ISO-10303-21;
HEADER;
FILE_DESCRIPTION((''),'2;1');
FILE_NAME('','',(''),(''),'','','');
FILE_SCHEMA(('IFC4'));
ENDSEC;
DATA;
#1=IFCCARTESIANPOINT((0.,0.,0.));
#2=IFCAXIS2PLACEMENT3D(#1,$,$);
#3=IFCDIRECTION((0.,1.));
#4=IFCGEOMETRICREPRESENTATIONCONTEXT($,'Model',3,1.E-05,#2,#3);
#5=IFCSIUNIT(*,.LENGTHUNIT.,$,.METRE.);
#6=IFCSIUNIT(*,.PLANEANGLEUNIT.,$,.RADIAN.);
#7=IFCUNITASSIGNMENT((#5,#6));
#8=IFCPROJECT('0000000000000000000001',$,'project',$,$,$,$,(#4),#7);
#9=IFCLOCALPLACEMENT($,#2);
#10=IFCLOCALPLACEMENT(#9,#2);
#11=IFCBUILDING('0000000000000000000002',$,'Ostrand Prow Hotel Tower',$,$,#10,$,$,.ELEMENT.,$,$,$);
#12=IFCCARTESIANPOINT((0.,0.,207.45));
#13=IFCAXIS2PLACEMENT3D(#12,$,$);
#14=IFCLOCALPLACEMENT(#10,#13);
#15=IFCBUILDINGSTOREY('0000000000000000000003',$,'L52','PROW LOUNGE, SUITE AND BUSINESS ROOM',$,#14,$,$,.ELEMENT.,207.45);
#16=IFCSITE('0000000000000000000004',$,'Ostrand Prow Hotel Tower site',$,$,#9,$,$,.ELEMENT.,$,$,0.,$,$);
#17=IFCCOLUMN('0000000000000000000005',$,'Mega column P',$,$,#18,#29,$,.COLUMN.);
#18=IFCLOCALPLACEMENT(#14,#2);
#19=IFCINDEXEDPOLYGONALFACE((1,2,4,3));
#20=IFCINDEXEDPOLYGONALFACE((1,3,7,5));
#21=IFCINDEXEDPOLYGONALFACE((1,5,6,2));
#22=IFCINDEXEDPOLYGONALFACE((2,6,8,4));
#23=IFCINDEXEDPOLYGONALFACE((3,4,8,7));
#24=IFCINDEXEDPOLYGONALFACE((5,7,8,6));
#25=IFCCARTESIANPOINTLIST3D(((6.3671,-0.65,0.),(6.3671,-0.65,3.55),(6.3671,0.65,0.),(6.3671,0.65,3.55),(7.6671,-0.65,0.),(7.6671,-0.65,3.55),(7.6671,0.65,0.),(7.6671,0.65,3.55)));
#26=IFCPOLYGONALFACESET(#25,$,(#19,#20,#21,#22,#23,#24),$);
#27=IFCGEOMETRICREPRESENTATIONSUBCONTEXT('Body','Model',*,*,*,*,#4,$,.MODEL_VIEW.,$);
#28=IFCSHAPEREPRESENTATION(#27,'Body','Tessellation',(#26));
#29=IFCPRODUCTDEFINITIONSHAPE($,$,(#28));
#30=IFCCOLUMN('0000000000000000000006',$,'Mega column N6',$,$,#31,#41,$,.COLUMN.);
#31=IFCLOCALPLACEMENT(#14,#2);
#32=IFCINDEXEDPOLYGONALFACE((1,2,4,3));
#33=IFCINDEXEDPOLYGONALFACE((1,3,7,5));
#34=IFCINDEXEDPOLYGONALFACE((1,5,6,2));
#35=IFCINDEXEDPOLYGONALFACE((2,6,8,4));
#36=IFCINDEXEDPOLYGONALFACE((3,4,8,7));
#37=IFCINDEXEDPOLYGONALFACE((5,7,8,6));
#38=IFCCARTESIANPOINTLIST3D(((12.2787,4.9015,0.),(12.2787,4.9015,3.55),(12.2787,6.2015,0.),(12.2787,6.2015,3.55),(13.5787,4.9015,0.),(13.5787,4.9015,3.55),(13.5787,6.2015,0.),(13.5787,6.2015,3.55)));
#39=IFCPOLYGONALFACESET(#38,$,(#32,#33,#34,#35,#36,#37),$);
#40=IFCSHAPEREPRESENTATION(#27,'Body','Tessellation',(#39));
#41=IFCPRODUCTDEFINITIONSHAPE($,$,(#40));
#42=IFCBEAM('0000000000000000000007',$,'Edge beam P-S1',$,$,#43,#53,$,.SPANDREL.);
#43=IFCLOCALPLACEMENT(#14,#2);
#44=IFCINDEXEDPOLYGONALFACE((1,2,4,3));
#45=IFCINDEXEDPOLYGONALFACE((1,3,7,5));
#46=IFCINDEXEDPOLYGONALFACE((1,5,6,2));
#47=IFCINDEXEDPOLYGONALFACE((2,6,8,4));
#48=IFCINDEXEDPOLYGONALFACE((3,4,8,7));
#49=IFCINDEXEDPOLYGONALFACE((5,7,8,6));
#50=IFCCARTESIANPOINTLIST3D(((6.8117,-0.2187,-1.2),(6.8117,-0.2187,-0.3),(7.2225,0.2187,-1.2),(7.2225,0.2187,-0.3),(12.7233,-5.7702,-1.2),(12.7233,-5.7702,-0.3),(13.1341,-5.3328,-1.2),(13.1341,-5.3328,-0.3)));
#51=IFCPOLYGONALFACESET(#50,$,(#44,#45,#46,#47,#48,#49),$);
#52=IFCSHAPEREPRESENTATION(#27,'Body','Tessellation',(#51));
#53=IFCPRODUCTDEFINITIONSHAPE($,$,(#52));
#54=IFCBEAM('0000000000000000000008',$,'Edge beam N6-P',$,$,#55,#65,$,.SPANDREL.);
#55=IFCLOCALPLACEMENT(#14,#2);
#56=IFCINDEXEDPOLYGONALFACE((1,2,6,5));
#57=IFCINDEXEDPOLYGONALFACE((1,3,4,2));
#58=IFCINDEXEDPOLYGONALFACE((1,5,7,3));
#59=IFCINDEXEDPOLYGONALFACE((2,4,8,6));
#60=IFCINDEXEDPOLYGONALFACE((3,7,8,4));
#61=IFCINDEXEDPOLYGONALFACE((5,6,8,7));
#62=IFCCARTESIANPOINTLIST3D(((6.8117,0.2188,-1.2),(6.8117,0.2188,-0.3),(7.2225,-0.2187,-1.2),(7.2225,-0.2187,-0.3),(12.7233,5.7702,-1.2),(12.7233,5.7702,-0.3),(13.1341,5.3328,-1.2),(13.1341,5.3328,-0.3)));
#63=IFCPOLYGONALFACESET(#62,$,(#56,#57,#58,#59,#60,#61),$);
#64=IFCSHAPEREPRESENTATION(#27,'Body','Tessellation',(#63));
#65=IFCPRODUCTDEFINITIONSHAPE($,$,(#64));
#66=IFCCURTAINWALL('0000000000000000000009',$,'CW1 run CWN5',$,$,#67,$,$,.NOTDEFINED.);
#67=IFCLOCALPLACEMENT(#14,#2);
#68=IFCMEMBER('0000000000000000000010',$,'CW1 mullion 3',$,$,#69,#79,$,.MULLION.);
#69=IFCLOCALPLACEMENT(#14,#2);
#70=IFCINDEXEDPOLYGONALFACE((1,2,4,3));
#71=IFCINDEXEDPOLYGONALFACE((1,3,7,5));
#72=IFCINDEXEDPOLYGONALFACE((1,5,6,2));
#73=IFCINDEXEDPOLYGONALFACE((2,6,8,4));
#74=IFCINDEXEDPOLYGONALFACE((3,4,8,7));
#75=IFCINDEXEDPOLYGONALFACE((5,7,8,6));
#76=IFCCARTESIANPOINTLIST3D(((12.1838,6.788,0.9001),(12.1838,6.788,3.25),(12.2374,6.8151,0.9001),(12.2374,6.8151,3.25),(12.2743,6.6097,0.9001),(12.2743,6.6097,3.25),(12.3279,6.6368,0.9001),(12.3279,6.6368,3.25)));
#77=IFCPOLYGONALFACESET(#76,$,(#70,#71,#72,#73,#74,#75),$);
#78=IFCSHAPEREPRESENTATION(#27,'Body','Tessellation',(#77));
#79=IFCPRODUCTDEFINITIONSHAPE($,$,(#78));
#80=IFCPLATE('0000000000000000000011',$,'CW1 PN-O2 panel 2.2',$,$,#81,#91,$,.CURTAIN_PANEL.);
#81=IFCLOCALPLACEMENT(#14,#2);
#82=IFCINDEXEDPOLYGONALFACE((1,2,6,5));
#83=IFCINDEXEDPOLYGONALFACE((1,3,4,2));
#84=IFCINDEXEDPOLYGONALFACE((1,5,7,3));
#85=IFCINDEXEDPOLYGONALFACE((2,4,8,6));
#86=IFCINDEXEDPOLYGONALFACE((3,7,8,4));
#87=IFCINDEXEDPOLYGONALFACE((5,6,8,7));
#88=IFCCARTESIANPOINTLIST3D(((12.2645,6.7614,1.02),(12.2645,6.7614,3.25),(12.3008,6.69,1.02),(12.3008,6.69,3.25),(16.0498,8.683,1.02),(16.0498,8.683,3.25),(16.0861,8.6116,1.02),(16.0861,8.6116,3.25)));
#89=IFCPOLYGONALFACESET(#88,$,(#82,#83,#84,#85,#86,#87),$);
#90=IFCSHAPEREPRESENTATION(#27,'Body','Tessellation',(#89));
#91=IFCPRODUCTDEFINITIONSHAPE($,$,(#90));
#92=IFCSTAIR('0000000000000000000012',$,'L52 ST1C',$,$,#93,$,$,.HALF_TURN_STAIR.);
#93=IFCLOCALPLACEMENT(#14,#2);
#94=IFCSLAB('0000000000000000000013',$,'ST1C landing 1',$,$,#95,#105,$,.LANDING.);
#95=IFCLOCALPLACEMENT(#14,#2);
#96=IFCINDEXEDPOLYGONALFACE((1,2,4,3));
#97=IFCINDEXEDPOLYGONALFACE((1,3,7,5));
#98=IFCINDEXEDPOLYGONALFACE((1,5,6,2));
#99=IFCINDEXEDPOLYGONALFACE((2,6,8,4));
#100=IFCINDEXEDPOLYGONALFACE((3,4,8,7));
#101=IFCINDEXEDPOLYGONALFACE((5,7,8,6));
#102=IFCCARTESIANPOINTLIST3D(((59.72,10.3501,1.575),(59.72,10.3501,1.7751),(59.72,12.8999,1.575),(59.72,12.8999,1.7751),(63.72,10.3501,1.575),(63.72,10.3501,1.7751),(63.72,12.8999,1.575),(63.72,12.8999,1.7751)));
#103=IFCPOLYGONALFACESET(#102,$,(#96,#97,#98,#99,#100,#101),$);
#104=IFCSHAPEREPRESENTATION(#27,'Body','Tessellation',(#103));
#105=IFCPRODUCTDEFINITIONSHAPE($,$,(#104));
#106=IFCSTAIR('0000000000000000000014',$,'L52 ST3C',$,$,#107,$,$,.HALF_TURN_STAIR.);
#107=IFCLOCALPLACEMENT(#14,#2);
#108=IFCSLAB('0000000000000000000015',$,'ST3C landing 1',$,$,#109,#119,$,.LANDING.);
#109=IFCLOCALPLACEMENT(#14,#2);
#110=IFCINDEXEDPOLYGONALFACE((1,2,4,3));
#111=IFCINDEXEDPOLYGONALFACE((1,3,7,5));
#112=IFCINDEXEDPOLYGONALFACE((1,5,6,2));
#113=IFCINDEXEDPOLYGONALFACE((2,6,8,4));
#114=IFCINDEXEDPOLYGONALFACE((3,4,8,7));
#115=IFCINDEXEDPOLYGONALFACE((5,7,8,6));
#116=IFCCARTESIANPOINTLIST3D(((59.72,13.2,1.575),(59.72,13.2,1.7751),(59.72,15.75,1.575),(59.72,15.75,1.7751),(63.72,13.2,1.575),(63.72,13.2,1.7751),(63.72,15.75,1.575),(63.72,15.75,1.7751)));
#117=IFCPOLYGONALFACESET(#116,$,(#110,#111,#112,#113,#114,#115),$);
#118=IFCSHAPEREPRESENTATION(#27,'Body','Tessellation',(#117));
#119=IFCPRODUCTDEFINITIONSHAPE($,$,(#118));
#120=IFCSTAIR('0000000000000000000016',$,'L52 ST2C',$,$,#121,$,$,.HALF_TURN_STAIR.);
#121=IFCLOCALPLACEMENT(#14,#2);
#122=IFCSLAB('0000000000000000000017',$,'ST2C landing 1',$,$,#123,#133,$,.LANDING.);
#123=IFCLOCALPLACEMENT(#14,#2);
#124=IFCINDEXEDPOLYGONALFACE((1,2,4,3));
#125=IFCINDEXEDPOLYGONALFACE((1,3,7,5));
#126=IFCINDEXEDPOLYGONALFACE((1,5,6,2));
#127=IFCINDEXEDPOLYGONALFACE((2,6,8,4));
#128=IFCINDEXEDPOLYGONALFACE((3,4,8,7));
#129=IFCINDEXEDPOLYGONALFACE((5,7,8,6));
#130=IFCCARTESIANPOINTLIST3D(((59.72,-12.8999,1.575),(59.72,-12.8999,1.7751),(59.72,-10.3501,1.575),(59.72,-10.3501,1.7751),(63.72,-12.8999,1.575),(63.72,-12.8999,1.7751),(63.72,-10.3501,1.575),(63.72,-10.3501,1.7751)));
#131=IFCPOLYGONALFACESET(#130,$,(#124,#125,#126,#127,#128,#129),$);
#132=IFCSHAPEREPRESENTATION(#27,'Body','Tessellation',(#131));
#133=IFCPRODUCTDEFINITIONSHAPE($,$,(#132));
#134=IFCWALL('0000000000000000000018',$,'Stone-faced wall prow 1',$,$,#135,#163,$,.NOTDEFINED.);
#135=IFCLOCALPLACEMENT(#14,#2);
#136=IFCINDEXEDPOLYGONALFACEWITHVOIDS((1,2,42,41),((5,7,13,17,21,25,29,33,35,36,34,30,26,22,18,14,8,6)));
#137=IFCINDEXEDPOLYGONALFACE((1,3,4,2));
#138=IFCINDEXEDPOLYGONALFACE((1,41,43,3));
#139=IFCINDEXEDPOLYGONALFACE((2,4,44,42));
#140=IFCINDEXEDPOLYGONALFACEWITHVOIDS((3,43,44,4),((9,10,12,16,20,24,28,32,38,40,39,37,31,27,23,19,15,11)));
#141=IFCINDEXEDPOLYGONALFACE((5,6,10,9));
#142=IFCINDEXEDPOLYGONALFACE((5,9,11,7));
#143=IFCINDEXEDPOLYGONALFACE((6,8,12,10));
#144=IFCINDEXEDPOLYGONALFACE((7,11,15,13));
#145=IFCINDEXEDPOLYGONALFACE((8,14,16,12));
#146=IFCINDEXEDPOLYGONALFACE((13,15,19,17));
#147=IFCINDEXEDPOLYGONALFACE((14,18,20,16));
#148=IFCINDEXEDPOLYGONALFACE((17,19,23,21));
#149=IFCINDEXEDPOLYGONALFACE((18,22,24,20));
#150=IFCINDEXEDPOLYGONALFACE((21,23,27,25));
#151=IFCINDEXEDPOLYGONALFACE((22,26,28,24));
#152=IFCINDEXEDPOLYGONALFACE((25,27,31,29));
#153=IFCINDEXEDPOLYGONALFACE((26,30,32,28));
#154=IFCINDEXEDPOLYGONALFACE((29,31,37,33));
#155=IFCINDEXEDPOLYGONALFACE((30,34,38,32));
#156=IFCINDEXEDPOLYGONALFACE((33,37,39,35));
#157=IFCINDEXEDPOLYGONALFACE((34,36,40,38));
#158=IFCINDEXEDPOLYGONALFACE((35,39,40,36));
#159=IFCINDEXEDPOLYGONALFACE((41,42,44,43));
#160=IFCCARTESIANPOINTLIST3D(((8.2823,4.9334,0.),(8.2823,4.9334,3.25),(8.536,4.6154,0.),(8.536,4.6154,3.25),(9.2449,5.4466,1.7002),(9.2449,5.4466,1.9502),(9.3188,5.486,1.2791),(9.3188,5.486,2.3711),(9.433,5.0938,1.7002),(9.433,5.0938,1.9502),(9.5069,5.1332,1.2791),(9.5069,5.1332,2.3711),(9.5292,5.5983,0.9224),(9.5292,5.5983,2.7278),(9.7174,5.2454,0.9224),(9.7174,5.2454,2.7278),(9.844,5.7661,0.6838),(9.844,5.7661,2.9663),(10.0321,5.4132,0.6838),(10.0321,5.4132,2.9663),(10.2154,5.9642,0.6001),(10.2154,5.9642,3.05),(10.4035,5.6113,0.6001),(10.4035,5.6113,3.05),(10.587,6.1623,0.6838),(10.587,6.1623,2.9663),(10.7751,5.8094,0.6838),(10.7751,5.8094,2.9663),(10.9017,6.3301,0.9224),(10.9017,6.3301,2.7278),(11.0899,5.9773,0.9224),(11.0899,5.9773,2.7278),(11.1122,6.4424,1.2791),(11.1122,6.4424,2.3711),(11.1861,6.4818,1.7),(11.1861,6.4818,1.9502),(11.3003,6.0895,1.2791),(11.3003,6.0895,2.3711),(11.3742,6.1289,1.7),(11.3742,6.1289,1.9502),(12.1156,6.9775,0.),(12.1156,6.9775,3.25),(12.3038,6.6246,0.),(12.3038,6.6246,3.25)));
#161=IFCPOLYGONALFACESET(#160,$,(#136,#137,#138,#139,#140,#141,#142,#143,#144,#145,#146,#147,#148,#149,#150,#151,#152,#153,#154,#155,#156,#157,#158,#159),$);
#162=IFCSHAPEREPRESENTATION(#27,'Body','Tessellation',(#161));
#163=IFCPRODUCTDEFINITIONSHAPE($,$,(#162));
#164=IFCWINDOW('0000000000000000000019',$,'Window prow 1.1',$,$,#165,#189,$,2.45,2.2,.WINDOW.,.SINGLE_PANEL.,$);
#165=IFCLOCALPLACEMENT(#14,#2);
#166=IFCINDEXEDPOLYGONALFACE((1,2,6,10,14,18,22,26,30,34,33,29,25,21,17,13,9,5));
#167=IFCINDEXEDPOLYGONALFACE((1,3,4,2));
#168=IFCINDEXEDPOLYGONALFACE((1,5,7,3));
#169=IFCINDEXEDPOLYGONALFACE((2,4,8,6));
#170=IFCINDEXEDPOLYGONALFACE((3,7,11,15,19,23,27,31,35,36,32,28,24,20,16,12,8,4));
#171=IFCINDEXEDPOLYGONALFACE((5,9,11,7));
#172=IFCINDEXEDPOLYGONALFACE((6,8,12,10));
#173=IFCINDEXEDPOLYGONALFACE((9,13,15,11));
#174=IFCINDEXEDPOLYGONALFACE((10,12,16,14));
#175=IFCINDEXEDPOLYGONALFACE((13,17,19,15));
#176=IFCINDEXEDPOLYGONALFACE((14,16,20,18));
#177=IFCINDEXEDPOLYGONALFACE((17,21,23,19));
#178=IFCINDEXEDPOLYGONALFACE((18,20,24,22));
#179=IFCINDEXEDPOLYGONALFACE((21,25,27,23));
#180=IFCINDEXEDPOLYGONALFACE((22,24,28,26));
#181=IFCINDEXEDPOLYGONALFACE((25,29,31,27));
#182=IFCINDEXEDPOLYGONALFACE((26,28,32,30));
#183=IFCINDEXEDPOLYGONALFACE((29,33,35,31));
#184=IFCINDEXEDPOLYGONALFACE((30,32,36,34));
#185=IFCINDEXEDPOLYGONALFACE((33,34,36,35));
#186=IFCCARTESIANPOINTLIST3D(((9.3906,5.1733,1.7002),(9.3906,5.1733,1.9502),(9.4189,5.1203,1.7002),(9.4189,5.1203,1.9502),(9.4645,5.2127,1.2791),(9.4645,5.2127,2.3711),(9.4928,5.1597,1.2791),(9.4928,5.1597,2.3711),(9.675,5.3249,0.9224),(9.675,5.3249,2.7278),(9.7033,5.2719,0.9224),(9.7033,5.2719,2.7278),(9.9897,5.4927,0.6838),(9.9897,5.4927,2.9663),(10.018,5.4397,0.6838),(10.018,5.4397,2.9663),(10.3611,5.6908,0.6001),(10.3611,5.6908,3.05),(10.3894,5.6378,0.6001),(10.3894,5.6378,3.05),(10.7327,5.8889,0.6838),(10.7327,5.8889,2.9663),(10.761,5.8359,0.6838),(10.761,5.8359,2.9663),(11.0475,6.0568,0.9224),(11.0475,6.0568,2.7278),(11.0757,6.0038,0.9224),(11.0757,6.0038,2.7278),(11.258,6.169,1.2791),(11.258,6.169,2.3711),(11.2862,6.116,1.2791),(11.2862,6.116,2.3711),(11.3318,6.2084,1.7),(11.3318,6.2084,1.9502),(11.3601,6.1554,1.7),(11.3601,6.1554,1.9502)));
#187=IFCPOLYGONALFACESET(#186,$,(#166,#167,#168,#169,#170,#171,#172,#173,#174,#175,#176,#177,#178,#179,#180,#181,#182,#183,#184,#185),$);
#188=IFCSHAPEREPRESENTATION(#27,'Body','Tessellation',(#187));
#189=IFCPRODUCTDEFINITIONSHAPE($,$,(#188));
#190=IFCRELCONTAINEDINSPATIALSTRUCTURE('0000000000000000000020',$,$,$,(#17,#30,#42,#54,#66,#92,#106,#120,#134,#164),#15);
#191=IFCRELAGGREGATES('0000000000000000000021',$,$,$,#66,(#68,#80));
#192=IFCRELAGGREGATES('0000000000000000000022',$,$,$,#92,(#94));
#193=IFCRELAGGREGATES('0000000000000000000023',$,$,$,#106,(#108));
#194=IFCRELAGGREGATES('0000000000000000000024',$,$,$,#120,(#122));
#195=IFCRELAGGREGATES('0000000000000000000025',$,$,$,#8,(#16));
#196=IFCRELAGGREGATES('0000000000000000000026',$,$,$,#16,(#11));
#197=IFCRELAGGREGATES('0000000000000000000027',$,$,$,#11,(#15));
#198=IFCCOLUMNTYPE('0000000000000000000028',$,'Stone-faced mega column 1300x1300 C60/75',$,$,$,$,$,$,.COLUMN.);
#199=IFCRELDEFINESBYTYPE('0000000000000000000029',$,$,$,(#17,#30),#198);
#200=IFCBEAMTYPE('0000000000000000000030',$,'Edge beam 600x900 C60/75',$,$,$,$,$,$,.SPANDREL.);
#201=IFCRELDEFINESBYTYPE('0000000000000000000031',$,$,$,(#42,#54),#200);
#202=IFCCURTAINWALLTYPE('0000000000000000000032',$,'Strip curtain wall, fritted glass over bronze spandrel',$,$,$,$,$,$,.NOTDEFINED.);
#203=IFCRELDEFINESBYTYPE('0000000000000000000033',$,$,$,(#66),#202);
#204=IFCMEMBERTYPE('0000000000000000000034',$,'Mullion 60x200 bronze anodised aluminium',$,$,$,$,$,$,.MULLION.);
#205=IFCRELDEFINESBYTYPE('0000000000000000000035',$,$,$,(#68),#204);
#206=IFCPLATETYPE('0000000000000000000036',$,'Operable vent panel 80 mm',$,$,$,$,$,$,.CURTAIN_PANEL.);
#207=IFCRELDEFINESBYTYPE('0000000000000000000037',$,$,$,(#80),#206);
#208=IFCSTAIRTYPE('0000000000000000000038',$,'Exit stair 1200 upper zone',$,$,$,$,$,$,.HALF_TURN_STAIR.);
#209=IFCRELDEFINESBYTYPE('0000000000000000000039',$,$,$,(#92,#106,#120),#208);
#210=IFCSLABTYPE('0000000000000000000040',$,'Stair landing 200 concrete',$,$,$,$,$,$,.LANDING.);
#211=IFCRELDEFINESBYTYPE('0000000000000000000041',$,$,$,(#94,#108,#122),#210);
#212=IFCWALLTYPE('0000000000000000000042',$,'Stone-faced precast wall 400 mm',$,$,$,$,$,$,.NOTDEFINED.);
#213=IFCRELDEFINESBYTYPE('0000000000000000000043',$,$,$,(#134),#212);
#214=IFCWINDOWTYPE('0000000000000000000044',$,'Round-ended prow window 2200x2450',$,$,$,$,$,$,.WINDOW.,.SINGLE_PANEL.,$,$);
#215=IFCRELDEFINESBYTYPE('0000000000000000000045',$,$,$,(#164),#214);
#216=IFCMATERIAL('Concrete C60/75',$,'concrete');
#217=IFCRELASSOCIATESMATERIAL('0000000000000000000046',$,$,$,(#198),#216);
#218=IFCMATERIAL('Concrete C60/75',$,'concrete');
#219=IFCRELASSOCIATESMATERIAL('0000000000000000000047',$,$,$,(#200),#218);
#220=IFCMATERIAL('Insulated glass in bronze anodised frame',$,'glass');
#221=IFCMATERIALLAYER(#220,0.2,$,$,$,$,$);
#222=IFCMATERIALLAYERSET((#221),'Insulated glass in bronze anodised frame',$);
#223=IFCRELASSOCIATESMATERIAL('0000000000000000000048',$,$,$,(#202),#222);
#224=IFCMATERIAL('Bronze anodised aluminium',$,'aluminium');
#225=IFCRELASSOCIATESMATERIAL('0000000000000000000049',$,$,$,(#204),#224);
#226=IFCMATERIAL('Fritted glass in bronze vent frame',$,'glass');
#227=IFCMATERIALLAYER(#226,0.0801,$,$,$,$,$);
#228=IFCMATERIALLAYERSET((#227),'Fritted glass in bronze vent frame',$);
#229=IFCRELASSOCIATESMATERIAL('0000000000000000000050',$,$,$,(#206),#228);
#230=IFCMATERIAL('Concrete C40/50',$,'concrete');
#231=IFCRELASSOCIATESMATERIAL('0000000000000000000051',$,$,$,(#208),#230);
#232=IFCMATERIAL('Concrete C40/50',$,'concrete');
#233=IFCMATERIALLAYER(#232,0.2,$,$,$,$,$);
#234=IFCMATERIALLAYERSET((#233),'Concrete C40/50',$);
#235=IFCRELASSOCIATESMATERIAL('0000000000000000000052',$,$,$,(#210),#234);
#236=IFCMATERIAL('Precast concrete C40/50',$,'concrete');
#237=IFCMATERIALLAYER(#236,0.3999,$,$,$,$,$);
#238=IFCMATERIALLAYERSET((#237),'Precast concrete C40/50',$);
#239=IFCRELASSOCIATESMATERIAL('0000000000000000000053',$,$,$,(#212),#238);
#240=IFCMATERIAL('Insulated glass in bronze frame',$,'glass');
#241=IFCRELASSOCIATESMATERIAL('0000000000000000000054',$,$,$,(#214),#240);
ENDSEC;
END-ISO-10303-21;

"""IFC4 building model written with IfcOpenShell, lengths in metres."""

from ifc_helpers import new_model, si_unit, direction, frame, origin, origin_2d, place, context, subcontext, project, spatial, polyline, rectangle, outline, extrude, material, layer, layer_set, material_profile, profile_set, type_object, element, fill, aggregate, save


model = new_model("IFC4")

# Units and contexts
model_context = context("Model", 3, precision=1e-05, world=origin(), true_north=direction((0.0, 1.0)))
body_context = subcontext(model_context, "Body", "Model", "MODEL_VIEW")
ifc_project = project(units=[si_unit("LENGTHUNIT", "METRE"), si_unit("PLANEANGLEUNIT", "RADIAN")], contexts=[model_context])

# Site, building, storey
site_placement = place(None, origin())
site = spatial("IfcSite", under=ifc_project, at=site_placement, Name="Ostrand Prow Hotel Tower site", CompositionType="ELEMENT", RefElevation=0.0)
building_placement = place(site_placement, origin())
building = spatial("IfcBuilding", under=site, at=building_placement, Name="Ostrand Prow Hotel Tower", CompositionType="ELEMENT")
storey_placement = place(building_placement, frame((0.0, 0.0, 207.45)))
storey = spatial("IfcBuildingStorey", under=building, at=storey_placement, Name="L52", Description="PROW LOUNGE, SUITE AND BUSINESS ROOM", CompositionType="ELEMENT", Elevation=207.45)

# Columns
ifc_material_1 = material(Name="Concrete C60/75", Category="concrete")
ifc_material_profile_1 = material_profile(ifc_material_1, rectangle(XDim=1.3, YDim=1.3, at=origin_2d()), Name="RC 1300x1300")
ifc_profile_set_1 = profile_set([ifc_material_profile_1], Name="Concrete C60/75")
column_type = type_object("IfcColumnType", Name="Stone-faced mega column 1300x1300 C60/75", PredefinedType="COLUMN", material=ifc_profile_set_1)
for number, where, z_axis, x_axis, name in (
    (1, (7.0171, 0.0, 0.0), (0.0, 0.0, 1.0), (1.0, 0.0, 0.0), "Mega column P"),
    (2, (12.9287, 5.5515, 0.0), (0.0, 0.0, 1.0), (1.0, 0.0, 0.0), "Mega column N6"),
):
    element("IfcColumn", number, at=place(storey_placement, frame(where, z_axis=z_axis, x_axis=x_axis)), inside=storey, type_object=column_type, Name=name, PredefinedType="COLUMN", context=body_context, shape_type="SweptSolid", body=[
        extrude(rectangle(XDim=1.3, YDim=1.3, at=origin_2d()), origin(), (0.0, 0.0, 1.0), 3.55),
    ])

# Beams
ifc_material_2 = material(Name="Concrete C60/75", Category="concrete")
ifc_material_profile_2 = material_profile(ifc_material_2, rectangle(XDim=0.6001, YDim=0.8999, at=origin_2d()), Name="RC 600x900")
ifc_profile_set_2 = profile_set([ifc_material_profile_2], Name="Concrete C60/75")
beam_type = type_object("IfcBeamType", Name="Edge beam 600x900 C60/75", PredefinedType="SPANDREL", material=ifc_profile_set_2)
for number, where, z_axis, x_axis, name in (
    (3, (7.0171, 0.0, -0.75), (0.728961, -0.684556, 0.0), (0.684556, 0.728961, 0.0), "Edge beam P-S1"),
    (4, (12.9287, 5.5515, -0.75), (-0.728961, -0.684556, 0.0), (0.684556, -0.728961, 0.0), "Edge beam N6-P"),
):
    element("IfcBeam", number, at=place(storey_placement, frame(where, z_axis=z_axis, x_axis=x_axis)), inside=storey, type_object=beam_type, Name=name, PredefinedType="SPANDREL", context=body_context, shape_type="SweptSolid", body=[
        extrude(rectangle(XDim=0.6001, YDim=0.8999, at=origin_2d()), origin(), (0.0, 0.0, 1.0), 8.1096),
    ])

# Curtain wall, member, plate
ifc_material_3 = material(Name="Insulated glass in bronze anodised frame", Category="glass")
ifc_layer_1 = layer(ifc_material_3, 0.2)
ifc_layer_set_1 = layer_set([ifc_layer_1], Name="Insulated glass in bronze anodised frame")
curtain_wall_type = type_object("IfcCurtainWallType", Name="Strip curtain wall, fritted glass over bronze spandrel", PredefinedType="NOTDEFINED", material=ifc_layer_set_1)
curtain_wall_placement = place(storey_placement, origin())
curtain_wall = element("IfcCurtainWall", 5, at=curtain_wall_placement, inside=storey, type_object=curtain_wall_type, Name="CW1 run CWN5", PredefinedType="NOTDEFINED")
ifc_material_4 = material(Name="Bronze anodised aluminium", Category="aluminium")
ifc_material_profile_3 = material_profile(ifc_material_4, rectangle(XDim=0.2, YDim=0.0601, at=origin_2d()), Name="Mullion 60x200 bronze anodised aluminium")
ifc_profile_set_3 = profile_set([ifc_material_profile_3], Name="Bronze anodised aluminium")
member_type = type_object("IfcMemberType", Name="Mullion 60x200 bronze anodised aluminium", PredefinedType="MULLION", material=ifc_profile_set_3)
member_placement = place(storey_placement, frame((12.2559, 6.7124, 0.9001), z_axis=(0.0, 0.0, 1.0), x_axis=(0.452659, -0.891684, 0.0)))
member = element("IfcMember", 6, at=member_placement, type_object=member_type, Name="CW1 mullion 3", PredefinedType="MULLION", context=body_context, shape_type="SweptSolid", body=[
    extrude(rectangle(XDim=0.2, YDim=0.0601, at=origin_2d()), origin(), (0.0, 0.0, 1.0), 2.3499),
])
ifc_material_5 = material(Name="Fritted glass in bronze vent frame", Category="glass")
ifc_layer_2 = layer(ifc_material_5, 0.0801)
ifc_layer_set_2 = layer_set([ifc_layer_2], Name="Fritted glass in bronze vent frame")
plate_type = type_object("IfcPlateType", Name="Operable vent panel 80 mm", PredefinedType="CURTAIN_PANEL", material=ifc_layer_set_2)
plate_placement = place(storey_placement, frame((14.1753, 7.6865, 1.02), z_axis=(0.0, 0.0, 1.0), x_axis=(-0.891684, -0.452659, 0.0)))
plate = element("IfcPlate", 7, at=plate_placement, type_object=plate_type, Name="CW1 PN-O2 panel 2.2", PredefinedType="CURTAIN_PANEL", context=body_context, shape_type="SweptSolid", body=[
    extrude(rectangle(XDim=4.2451, YDim=0.0801, at=origin_2d()), origin(), (0.0, 0.0, 1.0), 2.23),
])
aggregate(curtain_wall, [member, plate])

# Stairs, slabs
ifc_material_6 = material(Name="Concrete C40/50", Category="concrete")
stair_type = type_object("IfcStairType", Name="Exit stair 1200 upper zone", PredefinedType="HALF_TURN_STAIR", material=ifc_material_6)
stair_1_placement = place(storey_placement, origin())
stair_1 = element("IfcStair", 8, at=stair_1_placement, inside=storey, type_object=stair_type, Name="L52 ST1C", PredefinedType="HALF_TURN_STAIR")
ifc_material_7 = material(Name="Concrete C40/50", Category="concrete")
ifc_layer_3 = layer(ifc_material_7, 0.2)
ifc_layer_set_3 = layer_set([ifc_layer_3], Name="Concrete C40/50")
slab_type = type_object("IfcSlabType", Name="Stair landing 200 concrete", PredefinedType="LANDING", material=ifc_layer_set_3)
slab_1_placement = place(storey_placement, frame((0.0, 0.0, 1.575)))
slab_1 = element("IfcSlab", 9, at=slab_1_placement, type_object=slab_type, Name="ST1C landing 1", PredefinedType="LANDING", context=body_context, shape_type="SweptSolid", body=[
    extrude(outline(polyline([(59.72, 10.3501), (63.72, 10.3501), (63.72, 12.8999), (59.72, 12.8999), (59.72, 10.3501)])), origin(), (0.0, 0.0, 1.0), 0.2002),
])
aggregate(stair_1, [slab_1])
stair_2_placement = place(storey_placement, origin())
stair_2 = element("IfcStair", 10, at=stair_2_placement, inside=storey, type_object=stair_type, Name="L52 ST3C", PredefinedType="HALF_TURN_STAIR")
slab_2_placement = place(storey_placement, frame((0.0, 0.0, 1.575)))
slab_2 = element("IfcSlab", 11, at=slab_2_placement, type_object=slab_type, Name="ST3C landing 1", PredefinedType="LANDING", context=body_context, shape_type="SweptSolid", body=[
    extrude(outline(polyline([(59.72, 13.2), (63.72, 13.2), (63.72, 15.75), (59.72, 15.75), (59.72, 13.2)])), origin(), (0.0, 0.0, 1.0), 0.2002),
])
aggregate(stair_2, [slab_2])
stair_3_placement = place(storey_placement, origin())
stair_3 = element("IfcStair", 12, at=stair_3_placement, inside=storey, type_object=stair_type, Name="L52 ST2C", PredefinedType="HALF_TURN_STAIR")
slab_3_placement = place(storey_placement, frame((0.0, 0.0, 1.575)))
slab_3 = element("IfcSlab", 13, at=slab_3_placement, type_object=slab_type, Name="ST2C landing 1", PredefinedType="LANDING", context=body_context, shape_type="SweptSolid", body=[
    extrude(outline(polyline([(59.72, -12.8999), (63.72, -12.8999), (63.72, -10.3501), (59.72, -10.3501), (59.72, -12.8999)])), origin(), (0.0, 0.0, 1.0), 0.2002),
])
aggregate(stair_3, [slab_3])

# Wall, opening, window
ifc_material_8 = material(Name="Precast concrete C40/50", Category="concrete")
ifc_layer_4 = layer(ifc_material_8, 0.3999)
ifc_layer_set_4 = layer_set([ifc_layer_4], Name="Precast concrete C40/50")
wall_type = type_object("IfcWallType", Name="Stone-faced precast wall 400 mm", PredefinedType="NOTDEFINED", material=ifc_layer_set_4)
wall_1_placement = place(storey_placement, frame((12.2097, 6.801, 0.0), z_axis=(0.0, 0.0, 1.0), x_axis=(-0.882386, -0.470526, 0.0)))
wall_1 = element("IfcWall", 14, at=wall_1_placement, inside=storey, type_object=wall_type, Name="Stone-faced wall prow 1", PredefinedType="NOTDEFINED", context=body_context, shape_type="SweptSolid", body=[
    extrude(outline(polyline([(0.0, -0.2), (4.3442, -0.2), (4.27, 0.2), (0.0, 0.2), (0.0, -0.2)])), origin(), (0.0, 0.0, 1.0), 3.25),
])
opening_1_placement = place(wall_1_placement, frame((1.0535, 0.0, 0.6001)))
opening_1 = element("IfcOpeningElement", 15, at=opening_1_placement, cuts=wall_1, PredefinedType="OPENING", context=body_context, shape_type="SweptSolid", body=[
    extrude(outline(polyline([(0.0, 1.3501), (0.0837, 1.771), (0.3223, 2.1277), (0.679, 2.3662), (1.1001, 2.45), (1.521, 2.3662), (1.8777, 2.1277), (2.1162, 1.771), (2.2, 1.3501), (2.2, 1.1001), (2.1162, 0.679), (1.8777, 0.3223), (1.521, 0.0837), (1.1001, 0.0), (0.679, 0.0837), (0.3223, 0.3223), (0.0837, 0.679), (0.0, 1.0999), (0.0, 1.3501)])), frame((0.0, 0.21, 0.0), z_axis=(0.0, -1.0, 0.0), x_axis=(1.0, 0.0, 0.0)), (0.0, 0.0, 1.0), 0.4199),
])
ifc_material_9 = material(Name="Insulated glass in bronze frame", Category="glass")
window_type = type_object("IfcWindowType", Name="Round-ended prow window 2200x2450", PartitioningType="SINGLE_PANEL", PredefinedType="WINDOW", material=ifc_material_9)
window_1_placement = place(opening_1_placement, origin())
window_1 = element("IfcWindow", 16, at=window_1_placement, inside=storey, type_object=window_type, Name="Window prow 1.1", OverallHeight=2.45, OverallWidth=2.2, PartitioningType="SINGLE_PANEL", PredefinedType="WINDOW", context=body_context, shape_type="SweptSolid", body=[
    extrude(outline(polyline([(0.0, 1.3501), (0.0837, 1.771), (0.3223, 2.1277), (0.679, 2.3662), (1.1001, 2.45), (1.521, 2.3662), (1.8777, 2.1277), (2.1162, 1.771), (2.2, 1.3501), (2.2, 1.1001), (2.1162, 0.679), (1.8777, 0.3223), (1.521, 0.0837), (1.1001, 0.0), (0.679, 0.0837), (0.3223, 0.3223), (0.0837, 0.679), (0.0, 1.0999), (0.0, 1.3501)])), frame((0.0, 0.1699, 0.0), z_axis=(0.0, -1.0, 0.0), x_axis=(1.0, 0.0, 0.0)), (0.0, 0.0, 1.0), 0.0601),
])
fill(opening_1, window_1)

save(model, "model.ifc")
